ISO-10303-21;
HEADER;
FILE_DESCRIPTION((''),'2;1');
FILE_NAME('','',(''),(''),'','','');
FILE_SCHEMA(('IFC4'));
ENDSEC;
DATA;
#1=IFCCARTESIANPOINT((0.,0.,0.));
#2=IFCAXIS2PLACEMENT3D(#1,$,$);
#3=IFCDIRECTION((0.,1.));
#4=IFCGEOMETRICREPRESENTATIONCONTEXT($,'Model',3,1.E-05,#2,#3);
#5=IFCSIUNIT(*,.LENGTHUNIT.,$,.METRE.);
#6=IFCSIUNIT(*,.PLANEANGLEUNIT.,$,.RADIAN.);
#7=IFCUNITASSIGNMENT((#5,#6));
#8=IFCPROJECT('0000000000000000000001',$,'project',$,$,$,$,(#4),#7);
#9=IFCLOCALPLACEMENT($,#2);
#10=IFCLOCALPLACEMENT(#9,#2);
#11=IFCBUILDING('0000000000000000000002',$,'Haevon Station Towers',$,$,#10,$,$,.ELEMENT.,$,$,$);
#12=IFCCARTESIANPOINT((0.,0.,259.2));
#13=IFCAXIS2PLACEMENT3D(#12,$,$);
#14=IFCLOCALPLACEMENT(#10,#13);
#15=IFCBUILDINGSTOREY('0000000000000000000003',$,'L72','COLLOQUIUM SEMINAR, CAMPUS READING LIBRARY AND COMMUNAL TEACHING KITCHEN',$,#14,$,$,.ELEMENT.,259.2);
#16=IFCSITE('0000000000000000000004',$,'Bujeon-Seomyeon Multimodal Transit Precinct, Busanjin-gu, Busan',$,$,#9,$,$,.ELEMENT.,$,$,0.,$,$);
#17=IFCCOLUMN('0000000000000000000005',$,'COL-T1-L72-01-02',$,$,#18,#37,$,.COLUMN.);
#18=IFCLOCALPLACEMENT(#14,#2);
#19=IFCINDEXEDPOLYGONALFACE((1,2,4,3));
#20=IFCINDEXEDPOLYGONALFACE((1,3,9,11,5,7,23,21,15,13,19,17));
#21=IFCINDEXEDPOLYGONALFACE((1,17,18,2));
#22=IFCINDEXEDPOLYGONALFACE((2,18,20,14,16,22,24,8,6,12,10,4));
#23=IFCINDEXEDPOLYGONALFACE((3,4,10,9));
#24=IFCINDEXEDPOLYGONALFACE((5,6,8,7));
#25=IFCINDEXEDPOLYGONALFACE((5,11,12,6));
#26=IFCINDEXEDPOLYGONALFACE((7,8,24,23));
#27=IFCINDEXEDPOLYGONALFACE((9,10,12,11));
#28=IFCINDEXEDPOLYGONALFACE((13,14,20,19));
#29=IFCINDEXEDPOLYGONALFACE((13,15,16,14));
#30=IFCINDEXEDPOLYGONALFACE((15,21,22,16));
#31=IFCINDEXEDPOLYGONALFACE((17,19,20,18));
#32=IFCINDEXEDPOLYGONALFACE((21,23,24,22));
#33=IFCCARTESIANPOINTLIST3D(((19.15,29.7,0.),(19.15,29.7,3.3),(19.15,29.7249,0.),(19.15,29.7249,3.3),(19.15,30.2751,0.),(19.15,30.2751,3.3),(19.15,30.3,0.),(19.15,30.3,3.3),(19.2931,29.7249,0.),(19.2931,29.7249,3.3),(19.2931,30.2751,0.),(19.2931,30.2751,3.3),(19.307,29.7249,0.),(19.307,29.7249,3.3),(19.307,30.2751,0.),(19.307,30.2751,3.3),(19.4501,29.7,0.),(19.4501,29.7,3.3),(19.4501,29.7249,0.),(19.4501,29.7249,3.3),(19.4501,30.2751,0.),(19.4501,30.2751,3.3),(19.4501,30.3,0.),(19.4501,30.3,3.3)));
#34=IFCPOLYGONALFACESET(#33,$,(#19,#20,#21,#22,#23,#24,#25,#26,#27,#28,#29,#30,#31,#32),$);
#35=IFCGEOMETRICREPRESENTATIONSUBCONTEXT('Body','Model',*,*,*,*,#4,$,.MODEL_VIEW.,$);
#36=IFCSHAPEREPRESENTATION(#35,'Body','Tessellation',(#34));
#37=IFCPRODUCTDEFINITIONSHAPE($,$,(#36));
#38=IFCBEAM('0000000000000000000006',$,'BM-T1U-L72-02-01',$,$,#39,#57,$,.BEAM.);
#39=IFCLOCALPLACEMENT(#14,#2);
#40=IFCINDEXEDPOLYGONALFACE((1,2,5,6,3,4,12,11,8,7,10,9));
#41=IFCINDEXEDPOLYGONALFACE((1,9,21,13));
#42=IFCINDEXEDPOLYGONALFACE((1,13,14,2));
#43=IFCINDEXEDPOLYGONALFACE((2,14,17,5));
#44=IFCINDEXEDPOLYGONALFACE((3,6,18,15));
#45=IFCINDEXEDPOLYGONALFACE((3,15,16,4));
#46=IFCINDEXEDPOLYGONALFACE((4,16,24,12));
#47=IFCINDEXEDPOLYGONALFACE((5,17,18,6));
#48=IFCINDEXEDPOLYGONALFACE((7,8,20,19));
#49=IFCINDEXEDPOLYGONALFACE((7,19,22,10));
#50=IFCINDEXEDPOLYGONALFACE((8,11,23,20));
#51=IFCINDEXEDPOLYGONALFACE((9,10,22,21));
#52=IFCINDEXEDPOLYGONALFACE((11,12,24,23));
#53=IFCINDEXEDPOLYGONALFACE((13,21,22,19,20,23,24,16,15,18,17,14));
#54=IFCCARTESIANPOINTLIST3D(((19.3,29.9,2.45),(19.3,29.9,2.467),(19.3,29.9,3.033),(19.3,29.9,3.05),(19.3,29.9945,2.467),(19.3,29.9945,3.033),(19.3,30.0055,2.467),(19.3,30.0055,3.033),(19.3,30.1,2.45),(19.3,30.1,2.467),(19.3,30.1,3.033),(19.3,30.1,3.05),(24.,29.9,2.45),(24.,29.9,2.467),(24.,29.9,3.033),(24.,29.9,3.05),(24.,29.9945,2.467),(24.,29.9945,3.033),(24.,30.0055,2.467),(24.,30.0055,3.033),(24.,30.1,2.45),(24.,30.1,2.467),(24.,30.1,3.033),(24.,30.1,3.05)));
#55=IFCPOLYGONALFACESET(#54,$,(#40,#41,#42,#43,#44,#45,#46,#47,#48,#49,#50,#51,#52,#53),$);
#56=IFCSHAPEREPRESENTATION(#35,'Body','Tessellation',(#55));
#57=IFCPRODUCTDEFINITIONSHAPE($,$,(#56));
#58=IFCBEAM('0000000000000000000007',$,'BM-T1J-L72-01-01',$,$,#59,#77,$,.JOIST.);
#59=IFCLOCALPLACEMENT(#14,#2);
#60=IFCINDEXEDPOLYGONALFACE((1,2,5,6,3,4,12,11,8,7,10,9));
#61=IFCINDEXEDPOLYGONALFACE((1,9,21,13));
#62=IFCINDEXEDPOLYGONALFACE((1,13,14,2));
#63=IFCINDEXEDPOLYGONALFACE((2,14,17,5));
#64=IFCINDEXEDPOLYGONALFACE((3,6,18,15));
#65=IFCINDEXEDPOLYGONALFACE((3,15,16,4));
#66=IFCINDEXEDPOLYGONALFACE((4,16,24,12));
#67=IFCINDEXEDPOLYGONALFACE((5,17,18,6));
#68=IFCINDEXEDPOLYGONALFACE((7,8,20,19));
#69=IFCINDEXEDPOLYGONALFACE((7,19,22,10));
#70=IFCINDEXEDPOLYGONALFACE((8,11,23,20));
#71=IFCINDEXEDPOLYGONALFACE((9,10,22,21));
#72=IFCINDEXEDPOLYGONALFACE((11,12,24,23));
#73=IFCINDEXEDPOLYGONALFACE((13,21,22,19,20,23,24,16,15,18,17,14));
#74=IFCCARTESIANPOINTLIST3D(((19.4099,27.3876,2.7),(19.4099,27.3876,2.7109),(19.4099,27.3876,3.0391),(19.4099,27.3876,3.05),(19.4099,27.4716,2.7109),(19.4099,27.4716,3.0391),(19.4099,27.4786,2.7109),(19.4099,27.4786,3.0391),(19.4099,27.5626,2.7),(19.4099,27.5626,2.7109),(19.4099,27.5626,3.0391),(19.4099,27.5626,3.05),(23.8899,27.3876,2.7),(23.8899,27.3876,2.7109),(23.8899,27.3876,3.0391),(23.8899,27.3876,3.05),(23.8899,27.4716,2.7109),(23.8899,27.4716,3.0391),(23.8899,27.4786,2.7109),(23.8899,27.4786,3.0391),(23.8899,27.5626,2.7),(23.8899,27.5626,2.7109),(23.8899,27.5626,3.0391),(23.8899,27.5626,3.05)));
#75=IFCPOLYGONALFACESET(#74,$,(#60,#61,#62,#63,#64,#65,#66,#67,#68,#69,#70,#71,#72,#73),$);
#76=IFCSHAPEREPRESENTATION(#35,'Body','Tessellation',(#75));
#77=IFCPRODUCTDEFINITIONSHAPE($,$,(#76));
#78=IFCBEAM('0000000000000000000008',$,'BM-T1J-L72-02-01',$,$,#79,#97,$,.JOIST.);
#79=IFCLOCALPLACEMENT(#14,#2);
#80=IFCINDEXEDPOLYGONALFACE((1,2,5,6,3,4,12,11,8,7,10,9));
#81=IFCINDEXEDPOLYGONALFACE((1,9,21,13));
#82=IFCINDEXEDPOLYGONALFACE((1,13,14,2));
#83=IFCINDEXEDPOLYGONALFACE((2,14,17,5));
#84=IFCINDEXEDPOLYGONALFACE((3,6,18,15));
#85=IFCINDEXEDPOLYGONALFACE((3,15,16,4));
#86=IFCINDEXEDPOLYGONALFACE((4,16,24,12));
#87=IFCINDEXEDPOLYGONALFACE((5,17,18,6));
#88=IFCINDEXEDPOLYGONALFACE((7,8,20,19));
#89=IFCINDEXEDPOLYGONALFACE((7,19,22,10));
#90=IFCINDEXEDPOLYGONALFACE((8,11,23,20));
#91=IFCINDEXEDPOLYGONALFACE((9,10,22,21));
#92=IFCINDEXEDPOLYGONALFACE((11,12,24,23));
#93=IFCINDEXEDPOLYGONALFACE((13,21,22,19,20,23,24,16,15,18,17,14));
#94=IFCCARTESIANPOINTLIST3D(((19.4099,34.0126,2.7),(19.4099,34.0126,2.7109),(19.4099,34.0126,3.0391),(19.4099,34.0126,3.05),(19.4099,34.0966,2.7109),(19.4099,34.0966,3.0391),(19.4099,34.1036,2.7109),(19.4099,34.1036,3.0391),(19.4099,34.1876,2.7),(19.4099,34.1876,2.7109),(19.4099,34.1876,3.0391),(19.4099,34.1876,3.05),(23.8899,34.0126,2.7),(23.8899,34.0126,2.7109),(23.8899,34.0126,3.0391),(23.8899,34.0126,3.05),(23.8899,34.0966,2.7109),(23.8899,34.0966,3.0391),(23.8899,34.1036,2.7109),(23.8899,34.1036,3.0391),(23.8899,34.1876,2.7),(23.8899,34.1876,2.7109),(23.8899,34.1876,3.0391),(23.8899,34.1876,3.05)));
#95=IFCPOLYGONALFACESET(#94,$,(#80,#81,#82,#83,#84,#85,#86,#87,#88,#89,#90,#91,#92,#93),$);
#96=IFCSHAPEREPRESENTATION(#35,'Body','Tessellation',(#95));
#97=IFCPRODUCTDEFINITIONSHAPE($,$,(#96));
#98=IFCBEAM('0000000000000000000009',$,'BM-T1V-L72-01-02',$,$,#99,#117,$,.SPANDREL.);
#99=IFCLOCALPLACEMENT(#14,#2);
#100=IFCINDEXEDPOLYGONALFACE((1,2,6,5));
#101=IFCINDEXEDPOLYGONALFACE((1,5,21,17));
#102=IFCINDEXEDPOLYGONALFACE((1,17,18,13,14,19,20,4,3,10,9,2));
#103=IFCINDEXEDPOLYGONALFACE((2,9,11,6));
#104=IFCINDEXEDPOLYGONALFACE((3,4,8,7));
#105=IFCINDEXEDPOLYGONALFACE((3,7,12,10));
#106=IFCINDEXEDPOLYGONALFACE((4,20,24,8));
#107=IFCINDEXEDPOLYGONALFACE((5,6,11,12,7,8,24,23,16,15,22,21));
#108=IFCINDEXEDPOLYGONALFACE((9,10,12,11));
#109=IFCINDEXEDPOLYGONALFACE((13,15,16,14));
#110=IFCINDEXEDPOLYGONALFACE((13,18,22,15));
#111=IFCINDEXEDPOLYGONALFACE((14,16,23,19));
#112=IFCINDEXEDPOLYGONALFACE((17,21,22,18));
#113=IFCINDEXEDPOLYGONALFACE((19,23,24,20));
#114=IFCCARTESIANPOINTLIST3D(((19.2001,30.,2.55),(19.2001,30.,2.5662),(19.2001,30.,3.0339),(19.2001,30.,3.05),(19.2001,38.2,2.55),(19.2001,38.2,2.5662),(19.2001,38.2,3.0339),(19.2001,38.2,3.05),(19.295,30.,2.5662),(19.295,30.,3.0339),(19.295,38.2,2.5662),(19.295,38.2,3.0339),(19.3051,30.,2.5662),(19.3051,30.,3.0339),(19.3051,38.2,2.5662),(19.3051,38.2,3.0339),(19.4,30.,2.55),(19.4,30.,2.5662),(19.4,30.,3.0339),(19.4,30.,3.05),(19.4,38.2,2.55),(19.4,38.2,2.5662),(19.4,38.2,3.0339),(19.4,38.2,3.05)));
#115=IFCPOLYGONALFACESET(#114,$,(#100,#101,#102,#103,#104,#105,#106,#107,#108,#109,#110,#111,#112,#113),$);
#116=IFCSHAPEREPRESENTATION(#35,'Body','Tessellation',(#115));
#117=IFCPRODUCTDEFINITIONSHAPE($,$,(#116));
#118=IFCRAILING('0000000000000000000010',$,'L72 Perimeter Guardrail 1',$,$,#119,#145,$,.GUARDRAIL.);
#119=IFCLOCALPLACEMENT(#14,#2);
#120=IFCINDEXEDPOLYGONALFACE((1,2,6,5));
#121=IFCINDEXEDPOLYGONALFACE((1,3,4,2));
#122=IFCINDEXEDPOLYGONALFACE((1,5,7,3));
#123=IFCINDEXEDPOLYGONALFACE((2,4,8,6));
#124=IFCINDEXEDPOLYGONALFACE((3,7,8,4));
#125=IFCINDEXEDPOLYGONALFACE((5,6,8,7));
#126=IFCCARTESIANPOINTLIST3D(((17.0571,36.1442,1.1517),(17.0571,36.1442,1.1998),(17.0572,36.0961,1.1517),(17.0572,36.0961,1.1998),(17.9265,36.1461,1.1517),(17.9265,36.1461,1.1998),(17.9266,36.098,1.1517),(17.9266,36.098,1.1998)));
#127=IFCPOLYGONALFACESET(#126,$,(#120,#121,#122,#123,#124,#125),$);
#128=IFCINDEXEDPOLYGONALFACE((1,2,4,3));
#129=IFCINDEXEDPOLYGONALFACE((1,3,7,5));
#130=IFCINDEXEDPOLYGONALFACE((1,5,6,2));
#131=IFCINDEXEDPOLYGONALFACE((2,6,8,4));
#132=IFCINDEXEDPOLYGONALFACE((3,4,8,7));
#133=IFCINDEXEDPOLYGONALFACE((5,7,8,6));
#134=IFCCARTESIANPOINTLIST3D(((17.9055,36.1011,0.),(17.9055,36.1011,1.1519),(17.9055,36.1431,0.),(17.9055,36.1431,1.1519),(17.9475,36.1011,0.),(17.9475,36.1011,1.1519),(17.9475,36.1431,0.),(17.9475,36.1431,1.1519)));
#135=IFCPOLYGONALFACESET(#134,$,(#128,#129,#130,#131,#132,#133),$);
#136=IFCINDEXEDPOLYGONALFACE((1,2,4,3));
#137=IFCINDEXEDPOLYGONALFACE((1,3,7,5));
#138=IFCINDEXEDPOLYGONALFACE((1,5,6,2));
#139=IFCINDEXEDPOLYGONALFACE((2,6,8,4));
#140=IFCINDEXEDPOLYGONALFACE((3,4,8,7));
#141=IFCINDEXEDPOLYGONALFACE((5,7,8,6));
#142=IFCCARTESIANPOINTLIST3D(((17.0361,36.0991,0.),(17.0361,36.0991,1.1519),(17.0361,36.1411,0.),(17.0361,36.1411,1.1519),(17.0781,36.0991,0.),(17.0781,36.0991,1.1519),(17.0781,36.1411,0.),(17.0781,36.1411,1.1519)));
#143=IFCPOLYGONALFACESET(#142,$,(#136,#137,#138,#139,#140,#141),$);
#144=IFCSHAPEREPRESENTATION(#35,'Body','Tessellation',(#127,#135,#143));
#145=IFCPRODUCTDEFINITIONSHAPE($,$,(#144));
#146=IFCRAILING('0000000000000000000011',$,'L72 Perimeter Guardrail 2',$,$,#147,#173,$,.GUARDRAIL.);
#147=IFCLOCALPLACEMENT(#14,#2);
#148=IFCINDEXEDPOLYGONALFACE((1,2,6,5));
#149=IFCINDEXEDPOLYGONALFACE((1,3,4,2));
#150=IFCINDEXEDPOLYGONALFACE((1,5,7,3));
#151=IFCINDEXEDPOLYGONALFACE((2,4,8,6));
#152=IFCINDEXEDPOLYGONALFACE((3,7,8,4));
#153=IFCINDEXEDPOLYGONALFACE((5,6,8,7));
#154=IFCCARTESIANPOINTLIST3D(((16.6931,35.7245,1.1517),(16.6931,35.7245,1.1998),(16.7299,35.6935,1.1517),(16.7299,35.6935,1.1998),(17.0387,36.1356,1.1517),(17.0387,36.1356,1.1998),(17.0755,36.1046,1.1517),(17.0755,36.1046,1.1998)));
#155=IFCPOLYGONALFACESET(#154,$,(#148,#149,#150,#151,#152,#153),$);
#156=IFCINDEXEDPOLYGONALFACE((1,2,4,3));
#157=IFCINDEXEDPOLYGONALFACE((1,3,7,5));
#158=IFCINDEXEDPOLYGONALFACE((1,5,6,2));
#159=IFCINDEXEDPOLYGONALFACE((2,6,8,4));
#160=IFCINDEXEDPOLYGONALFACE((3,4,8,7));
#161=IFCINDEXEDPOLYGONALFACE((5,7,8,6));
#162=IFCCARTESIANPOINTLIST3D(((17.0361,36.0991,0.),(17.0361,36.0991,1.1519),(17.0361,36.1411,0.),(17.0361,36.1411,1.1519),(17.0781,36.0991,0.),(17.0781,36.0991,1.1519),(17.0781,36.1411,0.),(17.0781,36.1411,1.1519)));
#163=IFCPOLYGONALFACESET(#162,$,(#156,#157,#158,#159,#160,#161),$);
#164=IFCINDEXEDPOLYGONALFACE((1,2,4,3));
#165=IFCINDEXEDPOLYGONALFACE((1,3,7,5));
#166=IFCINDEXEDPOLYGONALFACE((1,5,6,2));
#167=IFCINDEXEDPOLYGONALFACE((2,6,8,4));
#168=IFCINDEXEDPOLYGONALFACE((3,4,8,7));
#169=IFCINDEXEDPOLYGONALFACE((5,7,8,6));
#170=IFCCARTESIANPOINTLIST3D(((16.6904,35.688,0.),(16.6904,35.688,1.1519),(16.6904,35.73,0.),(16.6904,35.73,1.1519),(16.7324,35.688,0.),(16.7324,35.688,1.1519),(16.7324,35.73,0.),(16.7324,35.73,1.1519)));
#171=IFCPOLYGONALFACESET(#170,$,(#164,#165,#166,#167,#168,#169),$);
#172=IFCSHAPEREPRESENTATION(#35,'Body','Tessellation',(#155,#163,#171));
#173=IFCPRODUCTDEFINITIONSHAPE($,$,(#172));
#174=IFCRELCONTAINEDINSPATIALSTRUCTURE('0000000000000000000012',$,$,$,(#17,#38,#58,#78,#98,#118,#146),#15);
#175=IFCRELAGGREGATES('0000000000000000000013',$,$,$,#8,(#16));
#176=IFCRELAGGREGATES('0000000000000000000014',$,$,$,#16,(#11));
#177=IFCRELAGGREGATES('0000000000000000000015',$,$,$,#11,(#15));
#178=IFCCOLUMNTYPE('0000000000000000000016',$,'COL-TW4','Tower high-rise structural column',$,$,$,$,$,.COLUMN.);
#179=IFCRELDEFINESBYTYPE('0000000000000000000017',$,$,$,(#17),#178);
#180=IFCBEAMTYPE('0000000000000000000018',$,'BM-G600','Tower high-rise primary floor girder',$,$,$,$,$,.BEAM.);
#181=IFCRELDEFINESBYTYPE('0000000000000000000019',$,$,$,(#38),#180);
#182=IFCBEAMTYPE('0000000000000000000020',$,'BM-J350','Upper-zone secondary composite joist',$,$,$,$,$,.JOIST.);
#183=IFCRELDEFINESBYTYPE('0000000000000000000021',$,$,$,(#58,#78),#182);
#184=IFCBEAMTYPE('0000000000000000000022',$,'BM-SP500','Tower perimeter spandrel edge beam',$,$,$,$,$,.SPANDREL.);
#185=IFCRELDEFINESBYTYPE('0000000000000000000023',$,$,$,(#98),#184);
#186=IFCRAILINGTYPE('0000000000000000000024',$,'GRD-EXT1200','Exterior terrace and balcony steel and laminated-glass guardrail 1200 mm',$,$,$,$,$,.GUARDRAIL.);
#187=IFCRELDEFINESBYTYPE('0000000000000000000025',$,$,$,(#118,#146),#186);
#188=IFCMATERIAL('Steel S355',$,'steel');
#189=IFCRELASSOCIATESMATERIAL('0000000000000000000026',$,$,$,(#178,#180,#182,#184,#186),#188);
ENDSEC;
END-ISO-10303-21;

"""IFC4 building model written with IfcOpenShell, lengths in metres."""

from ifc_helpers import new_model, si_unit, direction, frame, origin, origin_2d, place, context, subcontext, project, spatial, rectangle, i_section, extrude, material, material_profile, profile_set, type_object, element, save


model = new_model("IFC4")

# Units and contexts
model_context = context("Model", 3, precision=1e-05, world=origin(), true_north=direction((0.0, 1.0)))
body_context = subcontext(model_context, "Body", "Model", "MODEL_VIEW")
ifc_project = project(units=[si_unit("LENGTHUNIT", "METRE"), si_unit("PLANEANGLEUNIT", "RADIAN")], contexts=[model_context])

# Site, building, storey
site_placement = place(None, origin())
site = spatial("IfcSite", under=ifc_project, at=site_placement, Name="Bujeon-Seomyeon Multimodal Transit Precinct, Busanjin-gu, Busan", CompositionType="ELEMENT", RefElevation=0.0)
building_placement = place(site_placement, origin())
building = spatial("IfcBuilding", under=site, at=building_placement, Name="Haevon Station Towers", CompositionType="ELEMENT")
storey_placement = place(building_placement, frame((0.0, 0.0, 259.2)))
storey = spatial("IfcBuildingStorey", under=building, at=storey_placement, Name="L72", Description="COLLOQUIUM SEMINAR, CAMPUS READING LIBRARY AND COMMUNAL TEACHING KITCHEN", CompositionType="ELEMENT", Elevation=259.2)

# Column
ifc_material_1 = material(Name="Steel S355", Category="steel")
ifc_material_profile_1 = material_profile(ifc_material_1, i_section(OverallWidth=0.3, OverallDepth=0.6001, WebThickness=0.0139, FlangeThickness=0.0249, at=origin_2d()), Name="H-600x300x14x25")
ifc_profile_set_1 = profile_set([ifc_material_profile_1], Name="Steel S355")
column_type = type_object("IfcColumnType", Name="COL-TW4", Description="Tower high-rise structural column", PredefinedType="COLUMN", material=ifc_profile_set_1)
column_placement = place(storey_placement, frame((19.3, 30.0, 0.0), z_axis=(0.0, 0.0, 1.0), x_axis=(1.0, 0.0, 0.0)))
element("IfcColumn", 1, at=column_placement, inside=storey, type_object=column_type, Name="COL-T1-L72-01-02", PredefinedType="COLUMN", context=body_context, shape_type="SweptSolid", body=[
    extrude(i_section(OverallWidth=0.3, OverallDepth=0.6001, WebThickness=0.0139, FlangeThickness=0.0249, at=origin_2d()), origin(), (0.0, 0.0, 1.0), 3.3),
])

# Beams
ifc_material_profile_2 = material_profile(ifc_material_1, i_section(OverallWidth=0.2, OverallDepth=0.6001, WebThickness=0.011, FlangeThickness=0.0171, at=origin_2d()), Name="H-600x200x11x17")
ifc_profile_set_2 = profile_set([ifc_material_profile_2], Name="Steel S355")
beam_type_1 = type_object("IfcBeamType", Name="BM-G600", Description="Tower high-rise primary floor girder", PredefinedType="BEAM", material=ifc_profile_set_2)
beam_1_placement = place(storey_placement, frame((19.3, 30.0, 2.75), z_axis=(1.0, 0.0, 0.0), x_axis=(0.0, 1.0, 0.0)))
element("IfcBeam", 2, at=beam_1_placement, inside=storey, type_object=beam_type_1, Name="BM-T1U-L72-02-01", PredefinedType="BEAM", context=body_context, shape_type="SweptSolid", body=[
    extrude(i_section(OverallWidth=0.2, OverallDepth=0.6001, WebThickness=0.011, FlangeThickness=0.0171, at=origin_2d()), origin(), (0.0, 0.0, 1.0), 4.7),
])
ifc_material_profile_3 = material_profile(ifc_material_1, i_section(OverallWidth=0.175, OverallDepth=0.3501, WebThickness=0.0071, FlangeThickness=0.011, at=origin_2d()), Name="H-350x175x7x11")
ifc_profile_set_3 = profile_set([ifc_material_profile_3], Name="Steel S355")
beam_type_2 = type_object("IfcBeamType", Name="BM-J350", Description="Upper-zone secondary composite joist", PredefinedType="JOIST", material=ifc_profile_set_3)
for number, where, z_axis, x_axis, name in (
    (3, (19.4099, 27.4751, 2.875), (1.0, 0.0, 0.0), (0.0, 1.0, 0.0), "BM-T1J-L72-01-01"),
    (4, (19.4099, 34.1001, 2.875), (1.0, 0.0, 0.0), (0.0, 1.0, 0.0), "BM-T1J-L72-02-01"),
):
    element("IfcBeam", number, at=place(storey_placement, frame(where, z_axis=z_axis, x_axis=x_axis)), inside=storey, type_object=beam_type_2, Name=name, PredefinedType="JOIST", context=body_context, shape_type="SweptSolid", body=[
        extrude(i_section(OverallWidth=0.175, OverallDepth=0.3501, WebThickness=0.0071, FlangeThickness=0.011, at=origin_2d()), origin(), (0.0, 0.0, 1.0), 4.48),
    ])
ifc_material_profile_4 = material_profile(ifc_material_1, i_section(OverallWidth=0.2, OverallDepth=0.5, WebThickness=0.01, FlangeThickness=0.0161, at=origin_2d()), Name="H-500x200x10x16")
ifc_profile_set_4 = profile_set([ifc_material_profile_4], Name="Steel S355")
beam_type_3 = type_object("IfcBeamType", Name="BM-SP500", Description="Tower perimeter spandrel edge beam", PredefinedType="SPANDREL", material=ifc_profile_set_4)
beam_2_placement = place(storey_placement, frame((19.3, 30.0, 2.8), z_axis=(0.0, 1.0, 0.0), x_axis=(-1.0, 0.0, 0.0)))
element("IfcBeam", 5, at=beam_2_placement, inside=storey, type_object=beam_type_3, Name="BM-T1V-L72-01-02", PredefinedType="SPANDREL", context=body_context, shape_type="SweptSolid", body=[
    extrude(i_section(OverallWidth=0.2, OverallDepth=0.5, WebThickness=0.01, FlangeThickness=0.0161, at=origin_2d()), origin(), (0.0, 0.0, 1.0), 8.2),
])

# Railings
railing_type = type_object("IfcRailingType", Name="GRD-EXT1200", Description="Exterior terrace and balcony steel and laminated-glass guardrail 1200 mm", PredefinedType="GUARDRAIL", material=ifc_material_1)
railing_1_placement = place(storey_placement, frame((17.9265, 36.1221, 0.0)))
element("IfcRailing", 6, at=railing_1_placement, inside=storey, type_object=railing_type, Name="L72 Perimeter Guardrail 1", PredefinedType="GUARDRAIL", context=body_context, shape_type="SweptSolid", body=[
    extrude(rectangle(XDim=0.0481, YDim=0.0481, at=origin_2d()), frame((0.0, 0.0, 1.1758), z_axis=(-0.999997, -0.002247, 0.0), x_axis=(0.002247, -0.999997, 0.0)), (0.0, 0.0, 1.0), 0.8694),
    extrude(rectangle(XDim=0.042, YDim=0.042, at=origin_2d()), origin(), (0.0, 0.0, 1.0), 1.1519),
    extrude(rectangle(XDim=0.042, YDim=0.042, at=origin_2d()), frame((-0.8694, -0.002, 0.0)), (0.0, 0.0, 1.0), 1.1519),
])
railing_2_placement = place(storey_placement, frame((17.0571, 36.1201, 0.0)))
element("IfcRailing", 7, at=railing_2_placement, inside=storey, type_object=railing_type, Name="L72 Perimeter Guardrail 2", PredefinedType="GUARDRAIL", context=body_context, shape_type="SweptSolid", body=[
    extrude(rectangle(XDim=0.0481, YDim=0.0481, at=origin_2d()), frame((0.0, 0.0, 1.1758), z_axis=(-0.643576, -0.765382, 0.0), x_axis=(0.765382, -0.643576, 0.0)), (0.0, 0.0, 1.0), 0.5371),
    extrude(rectangle(XDim=0.042, YDim=0.042, at=origin_2d()), origin(), (0.0, 0.0, 1.0), 1.1519),
    extrude(rectangle(XDim=0.042, YDim=0.042, at=origin_2d()), frame((-0.3457, -0.4111, 0.0)), (0.0, 0.0, 1.0), 1.1519),
])

save(model, "model.ifc")
